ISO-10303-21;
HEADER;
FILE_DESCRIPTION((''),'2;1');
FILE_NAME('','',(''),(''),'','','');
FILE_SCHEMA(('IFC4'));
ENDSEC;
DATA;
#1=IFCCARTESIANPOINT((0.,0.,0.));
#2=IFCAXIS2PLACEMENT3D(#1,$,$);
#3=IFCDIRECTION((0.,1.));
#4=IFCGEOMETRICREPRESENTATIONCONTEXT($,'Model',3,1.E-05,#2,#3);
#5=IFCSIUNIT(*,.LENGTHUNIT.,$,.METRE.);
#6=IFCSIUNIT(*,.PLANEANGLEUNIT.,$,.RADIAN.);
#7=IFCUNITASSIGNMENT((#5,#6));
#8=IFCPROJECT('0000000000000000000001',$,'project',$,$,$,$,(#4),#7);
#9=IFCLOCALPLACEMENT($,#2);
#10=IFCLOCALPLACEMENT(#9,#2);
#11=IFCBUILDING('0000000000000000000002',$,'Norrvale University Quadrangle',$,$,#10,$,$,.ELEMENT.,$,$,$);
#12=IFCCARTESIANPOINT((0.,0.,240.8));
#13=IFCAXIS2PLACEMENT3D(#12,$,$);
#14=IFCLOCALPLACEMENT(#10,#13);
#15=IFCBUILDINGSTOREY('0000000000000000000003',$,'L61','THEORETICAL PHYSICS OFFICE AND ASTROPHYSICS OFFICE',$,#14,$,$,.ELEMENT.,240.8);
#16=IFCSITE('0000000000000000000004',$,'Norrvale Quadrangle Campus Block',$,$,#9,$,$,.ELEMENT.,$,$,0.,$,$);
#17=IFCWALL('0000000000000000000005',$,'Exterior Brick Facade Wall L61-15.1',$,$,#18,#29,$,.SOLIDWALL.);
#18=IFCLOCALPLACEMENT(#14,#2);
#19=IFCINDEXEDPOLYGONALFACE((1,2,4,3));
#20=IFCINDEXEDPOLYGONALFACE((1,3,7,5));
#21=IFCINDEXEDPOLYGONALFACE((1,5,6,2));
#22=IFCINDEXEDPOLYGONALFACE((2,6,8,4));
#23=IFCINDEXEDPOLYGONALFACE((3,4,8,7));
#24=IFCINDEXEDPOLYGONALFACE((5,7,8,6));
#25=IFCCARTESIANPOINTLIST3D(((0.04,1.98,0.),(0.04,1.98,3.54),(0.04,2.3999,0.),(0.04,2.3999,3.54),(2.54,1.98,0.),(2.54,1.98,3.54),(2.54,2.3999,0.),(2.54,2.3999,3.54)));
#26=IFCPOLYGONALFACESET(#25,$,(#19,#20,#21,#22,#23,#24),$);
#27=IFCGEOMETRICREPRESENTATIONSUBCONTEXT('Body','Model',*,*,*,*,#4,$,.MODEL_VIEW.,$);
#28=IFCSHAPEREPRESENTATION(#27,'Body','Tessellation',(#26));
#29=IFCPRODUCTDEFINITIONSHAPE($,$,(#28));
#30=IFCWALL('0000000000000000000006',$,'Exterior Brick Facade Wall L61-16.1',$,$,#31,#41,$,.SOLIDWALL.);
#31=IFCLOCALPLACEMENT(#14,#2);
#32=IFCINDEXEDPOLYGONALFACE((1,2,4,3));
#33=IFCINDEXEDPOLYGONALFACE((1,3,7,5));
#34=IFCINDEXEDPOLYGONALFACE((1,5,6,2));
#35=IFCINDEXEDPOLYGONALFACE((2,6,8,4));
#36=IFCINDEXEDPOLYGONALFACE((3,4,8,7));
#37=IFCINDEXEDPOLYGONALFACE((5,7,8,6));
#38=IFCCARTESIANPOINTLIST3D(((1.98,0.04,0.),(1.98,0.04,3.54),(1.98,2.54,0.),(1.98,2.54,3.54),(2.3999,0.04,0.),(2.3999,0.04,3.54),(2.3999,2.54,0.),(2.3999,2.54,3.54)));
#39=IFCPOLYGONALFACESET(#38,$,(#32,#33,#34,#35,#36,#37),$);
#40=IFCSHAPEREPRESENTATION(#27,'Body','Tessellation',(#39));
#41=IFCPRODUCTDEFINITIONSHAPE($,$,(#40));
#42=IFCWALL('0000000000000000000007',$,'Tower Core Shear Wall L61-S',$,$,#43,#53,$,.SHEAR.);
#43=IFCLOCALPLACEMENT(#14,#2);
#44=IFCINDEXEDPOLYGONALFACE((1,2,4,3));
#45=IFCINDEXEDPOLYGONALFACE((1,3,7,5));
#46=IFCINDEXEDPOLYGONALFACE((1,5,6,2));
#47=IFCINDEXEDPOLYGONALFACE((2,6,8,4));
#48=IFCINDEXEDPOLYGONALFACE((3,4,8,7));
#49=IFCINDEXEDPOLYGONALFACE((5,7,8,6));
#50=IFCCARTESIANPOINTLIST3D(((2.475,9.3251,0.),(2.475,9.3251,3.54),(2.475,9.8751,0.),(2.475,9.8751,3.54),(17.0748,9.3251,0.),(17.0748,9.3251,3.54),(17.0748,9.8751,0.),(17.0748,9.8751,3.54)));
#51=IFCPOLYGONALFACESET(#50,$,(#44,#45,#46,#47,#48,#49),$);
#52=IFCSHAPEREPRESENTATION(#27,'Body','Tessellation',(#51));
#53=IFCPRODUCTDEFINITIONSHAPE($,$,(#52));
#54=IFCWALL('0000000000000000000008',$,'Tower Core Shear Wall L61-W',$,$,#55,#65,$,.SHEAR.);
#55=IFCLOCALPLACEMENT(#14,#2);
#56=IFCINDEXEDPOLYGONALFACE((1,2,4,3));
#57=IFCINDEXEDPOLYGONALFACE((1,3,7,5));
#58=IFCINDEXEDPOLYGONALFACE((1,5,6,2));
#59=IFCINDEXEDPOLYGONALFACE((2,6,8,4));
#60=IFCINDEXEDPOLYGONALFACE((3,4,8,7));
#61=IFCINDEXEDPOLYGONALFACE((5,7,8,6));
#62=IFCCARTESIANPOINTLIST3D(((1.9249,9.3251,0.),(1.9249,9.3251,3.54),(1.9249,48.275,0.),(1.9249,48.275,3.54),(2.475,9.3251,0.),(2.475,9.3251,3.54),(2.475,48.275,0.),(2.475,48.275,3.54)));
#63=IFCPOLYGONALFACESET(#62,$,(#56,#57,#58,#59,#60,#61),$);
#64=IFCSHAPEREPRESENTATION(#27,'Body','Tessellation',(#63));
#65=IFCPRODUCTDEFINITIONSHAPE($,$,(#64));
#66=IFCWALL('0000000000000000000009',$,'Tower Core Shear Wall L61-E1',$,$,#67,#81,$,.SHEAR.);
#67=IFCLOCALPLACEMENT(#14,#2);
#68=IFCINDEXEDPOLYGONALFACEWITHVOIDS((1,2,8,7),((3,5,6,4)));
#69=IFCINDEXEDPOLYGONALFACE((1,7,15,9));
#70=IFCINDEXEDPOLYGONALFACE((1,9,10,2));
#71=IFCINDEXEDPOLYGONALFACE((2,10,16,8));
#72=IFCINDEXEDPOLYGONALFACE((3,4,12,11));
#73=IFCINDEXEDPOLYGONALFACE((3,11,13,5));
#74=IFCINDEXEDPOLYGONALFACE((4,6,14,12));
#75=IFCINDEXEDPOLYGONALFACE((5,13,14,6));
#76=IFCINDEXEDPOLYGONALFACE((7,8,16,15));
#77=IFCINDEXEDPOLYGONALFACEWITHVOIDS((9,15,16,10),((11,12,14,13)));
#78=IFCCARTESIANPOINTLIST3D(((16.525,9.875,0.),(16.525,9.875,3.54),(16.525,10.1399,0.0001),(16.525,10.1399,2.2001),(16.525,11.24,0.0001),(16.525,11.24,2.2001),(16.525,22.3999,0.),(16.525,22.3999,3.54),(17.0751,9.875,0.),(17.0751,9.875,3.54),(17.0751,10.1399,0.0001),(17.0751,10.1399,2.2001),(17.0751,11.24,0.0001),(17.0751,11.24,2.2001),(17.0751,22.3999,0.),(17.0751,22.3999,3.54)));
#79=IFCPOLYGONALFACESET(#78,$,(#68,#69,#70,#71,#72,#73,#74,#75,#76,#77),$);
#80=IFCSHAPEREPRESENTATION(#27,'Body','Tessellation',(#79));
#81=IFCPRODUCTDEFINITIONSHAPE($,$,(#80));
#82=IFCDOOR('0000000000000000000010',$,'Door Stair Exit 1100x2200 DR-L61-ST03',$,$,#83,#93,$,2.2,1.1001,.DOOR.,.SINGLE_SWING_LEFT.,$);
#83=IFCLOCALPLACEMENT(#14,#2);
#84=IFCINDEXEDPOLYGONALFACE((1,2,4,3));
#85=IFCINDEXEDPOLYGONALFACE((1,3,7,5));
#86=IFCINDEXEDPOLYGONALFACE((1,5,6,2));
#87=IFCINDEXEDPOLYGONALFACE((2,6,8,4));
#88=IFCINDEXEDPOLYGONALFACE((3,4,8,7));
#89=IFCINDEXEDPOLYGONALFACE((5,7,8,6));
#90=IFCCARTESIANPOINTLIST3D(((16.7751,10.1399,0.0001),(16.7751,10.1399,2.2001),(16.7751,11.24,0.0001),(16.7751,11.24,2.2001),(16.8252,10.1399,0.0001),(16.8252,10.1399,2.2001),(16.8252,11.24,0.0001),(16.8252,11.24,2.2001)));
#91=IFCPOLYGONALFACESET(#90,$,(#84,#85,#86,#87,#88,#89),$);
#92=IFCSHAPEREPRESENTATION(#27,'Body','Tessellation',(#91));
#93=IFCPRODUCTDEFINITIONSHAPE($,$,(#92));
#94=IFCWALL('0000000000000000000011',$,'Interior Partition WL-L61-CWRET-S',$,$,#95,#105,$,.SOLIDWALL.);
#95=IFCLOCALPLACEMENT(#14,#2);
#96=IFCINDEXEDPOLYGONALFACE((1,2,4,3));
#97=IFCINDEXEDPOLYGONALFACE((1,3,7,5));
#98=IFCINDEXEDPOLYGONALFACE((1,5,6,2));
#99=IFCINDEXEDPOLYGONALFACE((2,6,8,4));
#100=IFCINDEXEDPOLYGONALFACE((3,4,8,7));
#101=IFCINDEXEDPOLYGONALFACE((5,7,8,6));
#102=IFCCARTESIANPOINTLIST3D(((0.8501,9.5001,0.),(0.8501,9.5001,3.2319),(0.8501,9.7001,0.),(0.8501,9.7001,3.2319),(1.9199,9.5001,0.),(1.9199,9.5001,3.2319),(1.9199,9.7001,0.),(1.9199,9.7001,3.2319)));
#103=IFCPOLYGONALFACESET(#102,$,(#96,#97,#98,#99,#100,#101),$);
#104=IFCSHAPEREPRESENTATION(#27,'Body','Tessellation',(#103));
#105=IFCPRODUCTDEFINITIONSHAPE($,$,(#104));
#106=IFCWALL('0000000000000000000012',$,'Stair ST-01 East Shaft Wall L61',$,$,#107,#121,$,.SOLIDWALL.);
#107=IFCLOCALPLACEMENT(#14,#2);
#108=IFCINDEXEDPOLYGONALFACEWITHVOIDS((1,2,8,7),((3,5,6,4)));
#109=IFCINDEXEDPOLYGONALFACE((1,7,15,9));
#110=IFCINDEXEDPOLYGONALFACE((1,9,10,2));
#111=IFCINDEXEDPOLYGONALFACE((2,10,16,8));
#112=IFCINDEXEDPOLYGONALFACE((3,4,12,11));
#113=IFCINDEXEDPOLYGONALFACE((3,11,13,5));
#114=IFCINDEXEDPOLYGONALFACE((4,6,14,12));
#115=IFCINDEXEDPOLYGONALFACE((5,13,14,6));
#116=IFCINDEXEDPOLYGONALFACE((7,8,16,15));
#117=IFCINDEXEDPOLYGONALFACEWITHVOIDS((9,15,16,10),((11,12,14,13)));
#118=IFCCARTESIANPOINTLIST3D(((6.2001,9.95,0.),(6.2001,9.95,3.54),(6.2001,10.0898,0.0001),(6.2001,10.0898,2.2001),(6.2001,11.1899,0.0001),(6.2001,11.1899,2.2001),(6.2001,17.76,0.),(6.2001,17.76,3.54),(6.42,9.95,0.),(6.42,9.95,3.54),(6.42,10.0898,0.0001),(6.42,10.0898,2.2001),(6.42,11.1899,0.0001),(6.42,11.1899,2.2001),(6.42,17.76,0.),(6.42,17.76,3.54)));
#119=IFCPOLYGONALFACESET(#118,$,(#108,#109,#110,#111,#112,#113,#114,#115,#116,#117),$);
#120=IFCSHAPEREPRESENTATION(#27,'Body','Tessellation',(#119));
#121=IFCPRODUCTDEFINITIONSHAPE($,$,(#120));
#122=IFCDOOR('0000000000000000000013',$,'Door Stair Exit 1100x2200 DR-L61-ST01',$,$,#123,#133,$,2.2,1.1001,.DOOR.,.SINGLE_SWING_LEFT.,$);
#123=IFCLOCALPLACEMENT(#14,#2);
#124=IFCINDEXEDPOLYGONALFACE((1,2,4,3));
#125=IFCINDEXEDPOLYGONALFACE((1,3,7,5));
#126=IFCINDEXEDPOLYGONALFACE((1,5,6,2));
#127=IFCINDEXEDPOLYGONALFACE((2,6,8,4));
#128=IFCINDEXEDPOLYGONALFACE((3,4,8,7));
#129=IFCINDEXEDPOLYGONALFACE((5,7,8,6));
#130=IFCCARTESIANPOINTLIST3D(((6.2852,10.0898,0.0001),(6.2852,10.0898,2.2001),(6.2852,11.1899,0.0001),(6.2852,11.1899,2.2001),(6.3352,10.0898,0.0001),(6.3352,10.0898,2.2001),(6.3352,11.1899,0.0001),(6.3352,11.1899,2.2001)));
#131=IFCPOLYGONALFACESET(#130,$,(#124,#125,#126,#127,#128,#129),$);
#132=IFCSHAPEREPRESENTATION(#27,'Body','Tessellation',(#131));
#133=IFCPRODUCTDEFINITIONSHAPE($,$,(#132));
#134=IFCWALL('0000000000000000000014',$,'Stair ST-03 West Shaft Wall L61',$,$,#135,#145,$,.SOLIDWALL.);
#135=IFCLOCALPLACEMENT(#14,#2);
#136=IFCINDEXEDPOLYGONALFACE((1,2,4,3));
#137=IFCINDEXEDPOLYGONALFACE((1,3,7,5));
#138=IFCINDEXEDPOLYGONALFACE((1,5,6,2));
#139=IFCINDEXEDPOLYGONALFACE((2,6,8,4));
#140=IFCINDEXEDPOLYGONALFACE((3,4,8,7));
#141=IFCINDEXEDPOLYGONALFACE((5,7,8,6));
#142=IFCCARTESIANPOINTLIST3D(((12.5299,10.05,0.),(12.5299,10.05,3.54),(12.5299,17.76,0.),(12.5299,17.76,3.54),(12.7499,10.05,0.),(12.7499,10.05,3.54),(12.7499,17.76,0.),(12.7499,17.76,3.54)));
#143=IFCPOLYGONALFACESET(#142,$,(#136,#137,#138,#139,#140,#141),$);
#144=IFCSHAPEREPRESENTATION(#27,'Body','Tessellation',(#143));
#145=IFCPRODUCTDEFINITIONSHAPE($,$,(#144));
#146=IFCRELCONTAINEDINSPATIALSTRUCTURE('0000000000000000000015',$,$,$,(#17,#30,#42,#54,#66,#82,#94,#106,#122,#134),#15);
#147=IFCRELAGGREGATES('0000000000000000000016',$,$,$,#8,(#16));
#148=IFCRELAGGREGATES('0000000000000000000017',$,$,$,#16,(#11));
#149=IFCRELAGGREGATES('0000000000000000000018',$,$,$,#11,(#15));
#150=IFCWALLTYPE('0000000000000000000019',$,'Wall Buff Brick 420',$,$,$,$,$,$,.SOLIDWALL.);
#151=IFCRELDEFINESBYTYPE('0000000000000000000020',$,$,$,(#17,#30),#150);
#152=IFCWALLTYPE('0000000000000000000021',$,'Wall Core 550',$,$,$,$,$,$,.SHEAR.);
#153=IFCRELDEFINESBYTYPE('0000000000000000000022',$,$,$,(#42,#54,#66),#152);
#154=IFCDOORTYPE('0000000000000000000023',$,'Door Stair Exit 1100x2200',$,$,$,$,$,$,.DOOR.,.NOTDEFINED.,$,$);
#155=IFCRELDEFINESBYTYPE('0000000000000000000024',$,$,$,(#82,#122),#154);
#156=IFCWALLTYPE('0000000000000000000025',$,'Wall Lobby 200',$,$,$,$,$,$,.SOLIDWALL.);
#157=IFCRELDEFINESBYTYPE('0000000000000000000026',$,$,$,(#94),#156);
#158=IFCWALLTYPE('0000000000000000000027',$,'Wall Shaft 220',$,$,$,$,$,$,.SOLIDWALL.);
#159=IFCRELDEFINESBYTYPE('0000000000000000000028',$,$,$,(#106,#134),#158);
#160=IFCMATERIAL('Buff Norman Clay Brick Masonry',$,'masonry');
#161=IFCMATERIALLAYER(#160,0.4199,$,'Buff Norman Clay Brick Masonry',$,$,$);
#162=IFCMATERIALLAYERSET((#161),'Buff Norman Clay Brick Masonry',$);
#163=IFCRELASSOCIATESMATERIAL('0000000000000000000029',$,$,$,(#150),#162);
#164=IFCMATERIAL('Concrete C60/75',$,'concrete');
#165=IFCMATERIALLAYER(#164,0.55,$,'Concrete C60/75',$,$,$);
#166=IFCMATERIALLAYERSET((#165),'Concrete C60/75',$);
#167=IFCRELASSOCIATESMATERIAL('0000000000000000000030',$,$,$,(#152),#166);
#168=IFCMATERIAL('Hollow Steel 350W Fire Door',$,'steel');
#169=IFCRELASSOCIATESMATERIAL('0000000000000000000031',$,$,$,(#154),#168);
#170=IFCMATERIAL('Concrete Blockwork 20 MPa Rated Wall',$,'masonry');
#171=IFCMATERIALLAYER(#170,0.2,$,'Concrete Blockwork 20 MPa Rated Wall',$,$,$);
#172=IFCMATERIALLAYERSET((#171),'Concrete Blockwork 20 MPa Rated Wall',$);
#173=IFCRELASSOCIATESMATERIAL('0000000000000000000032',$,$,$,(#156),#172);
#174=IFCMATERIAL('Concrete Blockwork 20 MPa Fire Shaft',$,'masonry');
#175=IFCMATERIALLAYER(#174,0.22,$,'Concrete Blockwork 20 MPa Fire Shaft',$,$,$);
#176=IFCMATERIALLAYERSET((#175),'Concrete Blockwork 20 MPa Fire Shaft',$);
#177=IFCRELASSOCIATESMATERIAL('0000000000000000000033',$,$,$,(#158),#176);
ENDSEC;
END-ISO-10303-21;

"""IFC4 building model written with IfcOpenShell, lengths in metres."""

from ifc_helpers import new_model, si_unit, direction, frame, frame_2d, origin, place, context, subcontext, project, spatial, rectangle, extrude, material, layer, layer_set, type_object, element, fill, save


model = new_model("IFC4")

# Units and contexts
model_context = context("Model", 3, precision=1e-05, world=origin(), true_north=direction((0.0, 1.0)))
body_context = subcontext(model_context, "Body", "Model", "MODEL_VIEW")
ifc_project = project(units=[si_unit("LENGTHUNIT", "METRE"), si_unit("PLANEANGLEUNIT", "RADIAN")], contexts=[model_context])

# Site, building, storey
site_placement = place(None, origin())
site = spatial("IfcSite", under=ifc_project, at=site_placement, Name="Norrvale Quadrangle Campus Block", CompositionType="ELEMENT", RefElevation=0.0)
building_placement = place(site_placement, origin())
building = spatial("IfcBuilding", under=site, at=building_placement, Name="Norrvale University Quadrangle", CompositionType="ELEMENT")
storey_placement = place(building_placement, frame((0.0, 0.0, 240.8)))
storey = spatial("IfcBuildingStorey", under=building, at=storey_placement, Name="L61", Description="THEORETICAL PHYSICS OFFICE AND ASTROPHYSICS OFFICE", CompositionType="ELEMENT", Elevation=240.8)

# Shared definitions
ifc_material_1 = material(Name="Concrete C60/75", Category="concrete")

# Shared definitions
ifc_material_2 = material(Name="Buff Norman Clay Brick Masonry", Category="masonry")
ifc_layer_1 = layer(ifc_material_2, 0.4199, Name="Buff Norman Clay Brick Masonry")
ifc_layer_set_1 = layer_set([ifc_layer_1], Name="Buff Norman Clay Brick Masonry")
wall_type_1 = type_object("IfcWallType", Name="Wall Buff Brick 420", PredefinedType="SOLIDWALL", material=ifc_layer_set_1)

# Walls
for number, where, z_axis, x_axis, name in (
    (1, (0.04, 2.1899, 0.0), (0.0, 0.0, 1.0), (1.0, 0.0, 0.0), "Exterior Brick Facade Wall L61-15.1"),
    (2, (2.1899, 2.54, 0.0), (0.0, 0.0, 1.0), (0.0, -1.0, 0.0), "Exterior Brick Facade Wall L61-16.1"),
):
    element("IfcWall", number, at=place(storey_placement, frame(where, z_axis=z_axis, x_axis=x_axis)), inside=storey, type_object=wall_type_1, Name=name, PredefinedType="SOLIDWALL", context=body_context, shape_type="SweptSolid", body=[
        extrude(rectangle(XDim=2.5, YDim=0.4199, at=frame_2d((1.25, 0.0))), origin(), (0.0, 0.0, 1.0), 3.54),
    ])
ifc_layer_2 = layer(ifc_material_1, 0.55, Name="Concrete C60/75")
ifc_layer_set_2 = layer_set([ifc_layer_2], Name="Concrete C60/75")
wall_type_2 = type_object("IfcWallType", Name="Wall Core 550", PredefinedType="SHEAR", material=ifc_layer_set_2)
wall_1_placement = place(storey_placement, frame((2.4751, 9.6001, 0.0), z_axis=(0.0, 0.0, 1.0), x_axis=(1.0, 0.0, 0.0)))
element("IfcWall", 3, at=wall_1_placement, inside=storey, type_object=wall_type_2, Name="Tower Core Shear Wall L61-S", PredefinedType="SHEAR", context=body_context, shape_type="SweptSolid", body=[
    extrude(rectangle(XDim=14.5999, YDim=0.55, at=frame_2d((7.2998, 0.0))), origin(), (0.0, 0.0, 1.0), 3.54),
])
wall_2_placement = place(storey_placement, frame((2.2, 9.325, 0.0), z_axis=(0.0, 0.0, 1.0), x_axis=(0.0, 1.0, 0.0)))
element("IfcWall", 4, at=wall_2_placement, inside=storey, type_object=wall_type_2, Name="Tower Core Shear Wall L61-W", PredefinedType="SHEAR", context=body_context, shape_type="SweptSolid", body=[
    extrude(rectangle(XDim=38.95, YDim=0.55, at=frame_2d((19.4751, 0.0))), origin(), (0.0, 0.0, 1.0), 3.54),
])

# Wall, opening, door
wall_3_placement = place(storey_placement, frame((16.8, 9.875, 0.0), z_axis=(0.0, 0.0, 1.0), x_axis=(0.0, 1.0, 0.0)))
wall_3 = element("IfcWall", 5, at=wall_3_placement, inside=storey, type_object=wall_type_2, Name="Tower Core Shear Wall L61-E1", PredefinedType="SHEAR", context=body_context, shape_type="SweptSolid", body=[
    extrude(rectangle(XDim=12.5249, YDim=0.55, at=frame_2d((6.2625, 0.0))), origin(), (0.0, 0.0, 1.0), 3.54),
])
opening_1_placement = place(wall_3_placement, frame((0.2649, 0.0, 0.0)))
opening_1 = element("IfcOpeningElement", 6, at=opening_1_placement, cuts=wall_3, PredefinedType="OPENING", context=body_context, shape_type="SweptSolid", body=[
    extrude(rectangle(XDim=1.1001, YDim=2.2, at=frame_2d((0.55, 1.1001))), frame((0.0, 0.2871, 0.0), z_axis=(0.0, -1.0, 0.0), x_axis=(1.0, 0.0, 0.0)), (0.0, 0.0, 1.0), 0.574),
])
ifc_material_3 = material(Name="Hollow Steel 350W Fire Door", Category="steel")
door_type = type_object("IfcDoorType", Name="Door Stair Exit 1100x2200", OperationType="NOTDEFINED", PredefinedType="DOOR", material=ifc_material_3)
door_1_placement = place(opening_1_placement, origin())
door_1 = element("IfcDoor", 7, at=door_1_placement, inside=storey, type_object=door_type, Name="Door Stair Exit 1100x2200 DR-L61-ST03", OperationType="SINGLE_SWING_LEFT", OverallHeight=2.2, OverallWidth=1.1001, PredefinedType="DOOR", context=body_context, shape_type="SweptSolid", body=[
    extrude(rectangle(XDim=1.1001, YDim=2.2, at=frame_2d((0.55, 1.1001))), frame((0.0, 0.0249, 0.0), z_axis=(0.0, -1.0, 0.0), x_axis=(1.0, 0.0, 0.0)), (0.0, 0.0, 1.0), 0.05),
])
fill(opening_1, door_1)

# Wall
ifc_material_4 = material(Name="Concrete Blockwork 20 MPa Rated Wall", Category="masonry")
ifc_layer_3 = layer(ifc_material_4, 0.2, Name="Concrete Blockwork 20 MPa Rated Wall")
ifc_layer_set_3 = layer_set([ifc_layer_3], Name="Concrete Blockwork 20 MPa Rated Wall")
wall_type_3 = type_object("IfcWallType", Name="Wall Lobby 200", PredefinedType="SOLIDWALL", material=ifc_layer_set_3)
wall_4_placement = place(storey_placement, frame((0.8501, 9.6001, 0.0), z_axis=(0.0, 0.0, 1.0), x_axis=(1.0, 0.0, 0.0)))
element("IfcWall", 8, at=wall_4_placement, inside=storey, type_object=wall_type_3, Name="Interior Partition WL-L61-CWRET-S", PredefinedType="SOLIDWALL", context=body_context, shape_type="SweptSolid", body=[
    extrude(rectangle(XDim=1.0698, YDim=0.2, at=frame_2d((0.5349, 0.0))), origin(), (0.0, 0.0, 1.0), 3.2319),
])

# Wall, opening, door
ifc_material_5 = material(Name="Concrete Blockwork 20 MPa Fire Shaft", Category="masonry")
ifc_layer_4 = layer(ifc_material_5, 0.22, Name="Concrete Blockwork 20 MPa Fire Shaft")
ifc_layer_set_4 = layer_set([ifc_layer_4], Name="Concrete Blockwork 20 MPa Fire Shaft")
wall_type_4 = type_object("IfcWallType", Name="Wall Shaft 220", PredefinedType="SOLIDWALL", material=ifc_layer_set_4)
wall_5_placement = place(storey_placement, frame((6.3101, 9.95, 0.0), z_axis=(0.0, 0.0, 1.0), x_axis=(0.0, 1.0, 0.0)))
wall_5 = element("IfcWall", 9, at=wall_5_placement, inside=storey, type_object=wall_type_4, Name="Stair ST-01 East Shaft Wall L61", PredefinedType="SOLIDWALL", context=body_context, shape_type="SweptSolid", body=[
    extrude(rectangle(XDim=7.8101, YDim=0.22, at=frame_2d((3.905, 0.0))), origin(), (0.0, 0.0, 1.0), 3.54),
])
opening_2_placement = place(wall_5_placement, frame((0.1399, 0.0, 0.0)))
opening_2 = element("IfcOpeningElement", 10, at=opening_2_placement, cuts=wall_5, PredefinedType="OPENING", context=body_context, shape_type="SweptSolid", body=[
    extrude(rectangle(XDim=1.1001, YDim=2.2, at=frame_2d((0.55, 1.1001))), frame((0.0, 0.1221, 0.0), z_axis=(0.0, -1.0, 0.0), x_axis=(1.0, 0.0, 0.0)), (0.0, 0.0, 1.0), 0.2439),
])
door_2_placement = place(opening_2_placement, origin())
door_2 = element("IfcDoor", 11, at=door_2_placement, inside=storey, type_object=door_type, Name="Door Stair Exit 1100x2200 DR-L61-ST01", OperationType="SINGLE_SWING_LEFT", OverallHeight=2.2, OverallWidth=1.1001, PredefinedType="DOOR", context=body_context, shape_type="SweptSolid", body=[
    extrude(rectangle(XDim=1.1001, YDim=2.2, at=frame_2d((0.55, 1.1001))), frame((0.0, 0.0249, 0.0), z_axis=(0.0, -1.0, 0.0), x_axis=(1.0, 0.0, 0.0)), (0.0, 0.0, 1.0), 0.05),
])
fill(opening_2, door_2)

# Wall
wall_6_placement = place(storey_placement, frame((12.6399, 10.05, 0.0), z_axis=(0.0, 0.0, 1.0), x_axis=(0.0, 1.0, 0.0)))
element("IfcWall", 12, at=wall_6_placement, inside=storey, type_object=wall_type_4, Name="Stair ST-03 West Shaft Wall L61", PredefinedType="SOLIDWALL", context=body_context, shape_type="SweptSolid", body=[
    extrude(rectangle(XDim=7.71, YDim=0.22, at=frame_2d((3.855, 0.0))), origin(), (0.0, 0.0, 1.0), 3.54),
])

save(model, "model.ifc")
